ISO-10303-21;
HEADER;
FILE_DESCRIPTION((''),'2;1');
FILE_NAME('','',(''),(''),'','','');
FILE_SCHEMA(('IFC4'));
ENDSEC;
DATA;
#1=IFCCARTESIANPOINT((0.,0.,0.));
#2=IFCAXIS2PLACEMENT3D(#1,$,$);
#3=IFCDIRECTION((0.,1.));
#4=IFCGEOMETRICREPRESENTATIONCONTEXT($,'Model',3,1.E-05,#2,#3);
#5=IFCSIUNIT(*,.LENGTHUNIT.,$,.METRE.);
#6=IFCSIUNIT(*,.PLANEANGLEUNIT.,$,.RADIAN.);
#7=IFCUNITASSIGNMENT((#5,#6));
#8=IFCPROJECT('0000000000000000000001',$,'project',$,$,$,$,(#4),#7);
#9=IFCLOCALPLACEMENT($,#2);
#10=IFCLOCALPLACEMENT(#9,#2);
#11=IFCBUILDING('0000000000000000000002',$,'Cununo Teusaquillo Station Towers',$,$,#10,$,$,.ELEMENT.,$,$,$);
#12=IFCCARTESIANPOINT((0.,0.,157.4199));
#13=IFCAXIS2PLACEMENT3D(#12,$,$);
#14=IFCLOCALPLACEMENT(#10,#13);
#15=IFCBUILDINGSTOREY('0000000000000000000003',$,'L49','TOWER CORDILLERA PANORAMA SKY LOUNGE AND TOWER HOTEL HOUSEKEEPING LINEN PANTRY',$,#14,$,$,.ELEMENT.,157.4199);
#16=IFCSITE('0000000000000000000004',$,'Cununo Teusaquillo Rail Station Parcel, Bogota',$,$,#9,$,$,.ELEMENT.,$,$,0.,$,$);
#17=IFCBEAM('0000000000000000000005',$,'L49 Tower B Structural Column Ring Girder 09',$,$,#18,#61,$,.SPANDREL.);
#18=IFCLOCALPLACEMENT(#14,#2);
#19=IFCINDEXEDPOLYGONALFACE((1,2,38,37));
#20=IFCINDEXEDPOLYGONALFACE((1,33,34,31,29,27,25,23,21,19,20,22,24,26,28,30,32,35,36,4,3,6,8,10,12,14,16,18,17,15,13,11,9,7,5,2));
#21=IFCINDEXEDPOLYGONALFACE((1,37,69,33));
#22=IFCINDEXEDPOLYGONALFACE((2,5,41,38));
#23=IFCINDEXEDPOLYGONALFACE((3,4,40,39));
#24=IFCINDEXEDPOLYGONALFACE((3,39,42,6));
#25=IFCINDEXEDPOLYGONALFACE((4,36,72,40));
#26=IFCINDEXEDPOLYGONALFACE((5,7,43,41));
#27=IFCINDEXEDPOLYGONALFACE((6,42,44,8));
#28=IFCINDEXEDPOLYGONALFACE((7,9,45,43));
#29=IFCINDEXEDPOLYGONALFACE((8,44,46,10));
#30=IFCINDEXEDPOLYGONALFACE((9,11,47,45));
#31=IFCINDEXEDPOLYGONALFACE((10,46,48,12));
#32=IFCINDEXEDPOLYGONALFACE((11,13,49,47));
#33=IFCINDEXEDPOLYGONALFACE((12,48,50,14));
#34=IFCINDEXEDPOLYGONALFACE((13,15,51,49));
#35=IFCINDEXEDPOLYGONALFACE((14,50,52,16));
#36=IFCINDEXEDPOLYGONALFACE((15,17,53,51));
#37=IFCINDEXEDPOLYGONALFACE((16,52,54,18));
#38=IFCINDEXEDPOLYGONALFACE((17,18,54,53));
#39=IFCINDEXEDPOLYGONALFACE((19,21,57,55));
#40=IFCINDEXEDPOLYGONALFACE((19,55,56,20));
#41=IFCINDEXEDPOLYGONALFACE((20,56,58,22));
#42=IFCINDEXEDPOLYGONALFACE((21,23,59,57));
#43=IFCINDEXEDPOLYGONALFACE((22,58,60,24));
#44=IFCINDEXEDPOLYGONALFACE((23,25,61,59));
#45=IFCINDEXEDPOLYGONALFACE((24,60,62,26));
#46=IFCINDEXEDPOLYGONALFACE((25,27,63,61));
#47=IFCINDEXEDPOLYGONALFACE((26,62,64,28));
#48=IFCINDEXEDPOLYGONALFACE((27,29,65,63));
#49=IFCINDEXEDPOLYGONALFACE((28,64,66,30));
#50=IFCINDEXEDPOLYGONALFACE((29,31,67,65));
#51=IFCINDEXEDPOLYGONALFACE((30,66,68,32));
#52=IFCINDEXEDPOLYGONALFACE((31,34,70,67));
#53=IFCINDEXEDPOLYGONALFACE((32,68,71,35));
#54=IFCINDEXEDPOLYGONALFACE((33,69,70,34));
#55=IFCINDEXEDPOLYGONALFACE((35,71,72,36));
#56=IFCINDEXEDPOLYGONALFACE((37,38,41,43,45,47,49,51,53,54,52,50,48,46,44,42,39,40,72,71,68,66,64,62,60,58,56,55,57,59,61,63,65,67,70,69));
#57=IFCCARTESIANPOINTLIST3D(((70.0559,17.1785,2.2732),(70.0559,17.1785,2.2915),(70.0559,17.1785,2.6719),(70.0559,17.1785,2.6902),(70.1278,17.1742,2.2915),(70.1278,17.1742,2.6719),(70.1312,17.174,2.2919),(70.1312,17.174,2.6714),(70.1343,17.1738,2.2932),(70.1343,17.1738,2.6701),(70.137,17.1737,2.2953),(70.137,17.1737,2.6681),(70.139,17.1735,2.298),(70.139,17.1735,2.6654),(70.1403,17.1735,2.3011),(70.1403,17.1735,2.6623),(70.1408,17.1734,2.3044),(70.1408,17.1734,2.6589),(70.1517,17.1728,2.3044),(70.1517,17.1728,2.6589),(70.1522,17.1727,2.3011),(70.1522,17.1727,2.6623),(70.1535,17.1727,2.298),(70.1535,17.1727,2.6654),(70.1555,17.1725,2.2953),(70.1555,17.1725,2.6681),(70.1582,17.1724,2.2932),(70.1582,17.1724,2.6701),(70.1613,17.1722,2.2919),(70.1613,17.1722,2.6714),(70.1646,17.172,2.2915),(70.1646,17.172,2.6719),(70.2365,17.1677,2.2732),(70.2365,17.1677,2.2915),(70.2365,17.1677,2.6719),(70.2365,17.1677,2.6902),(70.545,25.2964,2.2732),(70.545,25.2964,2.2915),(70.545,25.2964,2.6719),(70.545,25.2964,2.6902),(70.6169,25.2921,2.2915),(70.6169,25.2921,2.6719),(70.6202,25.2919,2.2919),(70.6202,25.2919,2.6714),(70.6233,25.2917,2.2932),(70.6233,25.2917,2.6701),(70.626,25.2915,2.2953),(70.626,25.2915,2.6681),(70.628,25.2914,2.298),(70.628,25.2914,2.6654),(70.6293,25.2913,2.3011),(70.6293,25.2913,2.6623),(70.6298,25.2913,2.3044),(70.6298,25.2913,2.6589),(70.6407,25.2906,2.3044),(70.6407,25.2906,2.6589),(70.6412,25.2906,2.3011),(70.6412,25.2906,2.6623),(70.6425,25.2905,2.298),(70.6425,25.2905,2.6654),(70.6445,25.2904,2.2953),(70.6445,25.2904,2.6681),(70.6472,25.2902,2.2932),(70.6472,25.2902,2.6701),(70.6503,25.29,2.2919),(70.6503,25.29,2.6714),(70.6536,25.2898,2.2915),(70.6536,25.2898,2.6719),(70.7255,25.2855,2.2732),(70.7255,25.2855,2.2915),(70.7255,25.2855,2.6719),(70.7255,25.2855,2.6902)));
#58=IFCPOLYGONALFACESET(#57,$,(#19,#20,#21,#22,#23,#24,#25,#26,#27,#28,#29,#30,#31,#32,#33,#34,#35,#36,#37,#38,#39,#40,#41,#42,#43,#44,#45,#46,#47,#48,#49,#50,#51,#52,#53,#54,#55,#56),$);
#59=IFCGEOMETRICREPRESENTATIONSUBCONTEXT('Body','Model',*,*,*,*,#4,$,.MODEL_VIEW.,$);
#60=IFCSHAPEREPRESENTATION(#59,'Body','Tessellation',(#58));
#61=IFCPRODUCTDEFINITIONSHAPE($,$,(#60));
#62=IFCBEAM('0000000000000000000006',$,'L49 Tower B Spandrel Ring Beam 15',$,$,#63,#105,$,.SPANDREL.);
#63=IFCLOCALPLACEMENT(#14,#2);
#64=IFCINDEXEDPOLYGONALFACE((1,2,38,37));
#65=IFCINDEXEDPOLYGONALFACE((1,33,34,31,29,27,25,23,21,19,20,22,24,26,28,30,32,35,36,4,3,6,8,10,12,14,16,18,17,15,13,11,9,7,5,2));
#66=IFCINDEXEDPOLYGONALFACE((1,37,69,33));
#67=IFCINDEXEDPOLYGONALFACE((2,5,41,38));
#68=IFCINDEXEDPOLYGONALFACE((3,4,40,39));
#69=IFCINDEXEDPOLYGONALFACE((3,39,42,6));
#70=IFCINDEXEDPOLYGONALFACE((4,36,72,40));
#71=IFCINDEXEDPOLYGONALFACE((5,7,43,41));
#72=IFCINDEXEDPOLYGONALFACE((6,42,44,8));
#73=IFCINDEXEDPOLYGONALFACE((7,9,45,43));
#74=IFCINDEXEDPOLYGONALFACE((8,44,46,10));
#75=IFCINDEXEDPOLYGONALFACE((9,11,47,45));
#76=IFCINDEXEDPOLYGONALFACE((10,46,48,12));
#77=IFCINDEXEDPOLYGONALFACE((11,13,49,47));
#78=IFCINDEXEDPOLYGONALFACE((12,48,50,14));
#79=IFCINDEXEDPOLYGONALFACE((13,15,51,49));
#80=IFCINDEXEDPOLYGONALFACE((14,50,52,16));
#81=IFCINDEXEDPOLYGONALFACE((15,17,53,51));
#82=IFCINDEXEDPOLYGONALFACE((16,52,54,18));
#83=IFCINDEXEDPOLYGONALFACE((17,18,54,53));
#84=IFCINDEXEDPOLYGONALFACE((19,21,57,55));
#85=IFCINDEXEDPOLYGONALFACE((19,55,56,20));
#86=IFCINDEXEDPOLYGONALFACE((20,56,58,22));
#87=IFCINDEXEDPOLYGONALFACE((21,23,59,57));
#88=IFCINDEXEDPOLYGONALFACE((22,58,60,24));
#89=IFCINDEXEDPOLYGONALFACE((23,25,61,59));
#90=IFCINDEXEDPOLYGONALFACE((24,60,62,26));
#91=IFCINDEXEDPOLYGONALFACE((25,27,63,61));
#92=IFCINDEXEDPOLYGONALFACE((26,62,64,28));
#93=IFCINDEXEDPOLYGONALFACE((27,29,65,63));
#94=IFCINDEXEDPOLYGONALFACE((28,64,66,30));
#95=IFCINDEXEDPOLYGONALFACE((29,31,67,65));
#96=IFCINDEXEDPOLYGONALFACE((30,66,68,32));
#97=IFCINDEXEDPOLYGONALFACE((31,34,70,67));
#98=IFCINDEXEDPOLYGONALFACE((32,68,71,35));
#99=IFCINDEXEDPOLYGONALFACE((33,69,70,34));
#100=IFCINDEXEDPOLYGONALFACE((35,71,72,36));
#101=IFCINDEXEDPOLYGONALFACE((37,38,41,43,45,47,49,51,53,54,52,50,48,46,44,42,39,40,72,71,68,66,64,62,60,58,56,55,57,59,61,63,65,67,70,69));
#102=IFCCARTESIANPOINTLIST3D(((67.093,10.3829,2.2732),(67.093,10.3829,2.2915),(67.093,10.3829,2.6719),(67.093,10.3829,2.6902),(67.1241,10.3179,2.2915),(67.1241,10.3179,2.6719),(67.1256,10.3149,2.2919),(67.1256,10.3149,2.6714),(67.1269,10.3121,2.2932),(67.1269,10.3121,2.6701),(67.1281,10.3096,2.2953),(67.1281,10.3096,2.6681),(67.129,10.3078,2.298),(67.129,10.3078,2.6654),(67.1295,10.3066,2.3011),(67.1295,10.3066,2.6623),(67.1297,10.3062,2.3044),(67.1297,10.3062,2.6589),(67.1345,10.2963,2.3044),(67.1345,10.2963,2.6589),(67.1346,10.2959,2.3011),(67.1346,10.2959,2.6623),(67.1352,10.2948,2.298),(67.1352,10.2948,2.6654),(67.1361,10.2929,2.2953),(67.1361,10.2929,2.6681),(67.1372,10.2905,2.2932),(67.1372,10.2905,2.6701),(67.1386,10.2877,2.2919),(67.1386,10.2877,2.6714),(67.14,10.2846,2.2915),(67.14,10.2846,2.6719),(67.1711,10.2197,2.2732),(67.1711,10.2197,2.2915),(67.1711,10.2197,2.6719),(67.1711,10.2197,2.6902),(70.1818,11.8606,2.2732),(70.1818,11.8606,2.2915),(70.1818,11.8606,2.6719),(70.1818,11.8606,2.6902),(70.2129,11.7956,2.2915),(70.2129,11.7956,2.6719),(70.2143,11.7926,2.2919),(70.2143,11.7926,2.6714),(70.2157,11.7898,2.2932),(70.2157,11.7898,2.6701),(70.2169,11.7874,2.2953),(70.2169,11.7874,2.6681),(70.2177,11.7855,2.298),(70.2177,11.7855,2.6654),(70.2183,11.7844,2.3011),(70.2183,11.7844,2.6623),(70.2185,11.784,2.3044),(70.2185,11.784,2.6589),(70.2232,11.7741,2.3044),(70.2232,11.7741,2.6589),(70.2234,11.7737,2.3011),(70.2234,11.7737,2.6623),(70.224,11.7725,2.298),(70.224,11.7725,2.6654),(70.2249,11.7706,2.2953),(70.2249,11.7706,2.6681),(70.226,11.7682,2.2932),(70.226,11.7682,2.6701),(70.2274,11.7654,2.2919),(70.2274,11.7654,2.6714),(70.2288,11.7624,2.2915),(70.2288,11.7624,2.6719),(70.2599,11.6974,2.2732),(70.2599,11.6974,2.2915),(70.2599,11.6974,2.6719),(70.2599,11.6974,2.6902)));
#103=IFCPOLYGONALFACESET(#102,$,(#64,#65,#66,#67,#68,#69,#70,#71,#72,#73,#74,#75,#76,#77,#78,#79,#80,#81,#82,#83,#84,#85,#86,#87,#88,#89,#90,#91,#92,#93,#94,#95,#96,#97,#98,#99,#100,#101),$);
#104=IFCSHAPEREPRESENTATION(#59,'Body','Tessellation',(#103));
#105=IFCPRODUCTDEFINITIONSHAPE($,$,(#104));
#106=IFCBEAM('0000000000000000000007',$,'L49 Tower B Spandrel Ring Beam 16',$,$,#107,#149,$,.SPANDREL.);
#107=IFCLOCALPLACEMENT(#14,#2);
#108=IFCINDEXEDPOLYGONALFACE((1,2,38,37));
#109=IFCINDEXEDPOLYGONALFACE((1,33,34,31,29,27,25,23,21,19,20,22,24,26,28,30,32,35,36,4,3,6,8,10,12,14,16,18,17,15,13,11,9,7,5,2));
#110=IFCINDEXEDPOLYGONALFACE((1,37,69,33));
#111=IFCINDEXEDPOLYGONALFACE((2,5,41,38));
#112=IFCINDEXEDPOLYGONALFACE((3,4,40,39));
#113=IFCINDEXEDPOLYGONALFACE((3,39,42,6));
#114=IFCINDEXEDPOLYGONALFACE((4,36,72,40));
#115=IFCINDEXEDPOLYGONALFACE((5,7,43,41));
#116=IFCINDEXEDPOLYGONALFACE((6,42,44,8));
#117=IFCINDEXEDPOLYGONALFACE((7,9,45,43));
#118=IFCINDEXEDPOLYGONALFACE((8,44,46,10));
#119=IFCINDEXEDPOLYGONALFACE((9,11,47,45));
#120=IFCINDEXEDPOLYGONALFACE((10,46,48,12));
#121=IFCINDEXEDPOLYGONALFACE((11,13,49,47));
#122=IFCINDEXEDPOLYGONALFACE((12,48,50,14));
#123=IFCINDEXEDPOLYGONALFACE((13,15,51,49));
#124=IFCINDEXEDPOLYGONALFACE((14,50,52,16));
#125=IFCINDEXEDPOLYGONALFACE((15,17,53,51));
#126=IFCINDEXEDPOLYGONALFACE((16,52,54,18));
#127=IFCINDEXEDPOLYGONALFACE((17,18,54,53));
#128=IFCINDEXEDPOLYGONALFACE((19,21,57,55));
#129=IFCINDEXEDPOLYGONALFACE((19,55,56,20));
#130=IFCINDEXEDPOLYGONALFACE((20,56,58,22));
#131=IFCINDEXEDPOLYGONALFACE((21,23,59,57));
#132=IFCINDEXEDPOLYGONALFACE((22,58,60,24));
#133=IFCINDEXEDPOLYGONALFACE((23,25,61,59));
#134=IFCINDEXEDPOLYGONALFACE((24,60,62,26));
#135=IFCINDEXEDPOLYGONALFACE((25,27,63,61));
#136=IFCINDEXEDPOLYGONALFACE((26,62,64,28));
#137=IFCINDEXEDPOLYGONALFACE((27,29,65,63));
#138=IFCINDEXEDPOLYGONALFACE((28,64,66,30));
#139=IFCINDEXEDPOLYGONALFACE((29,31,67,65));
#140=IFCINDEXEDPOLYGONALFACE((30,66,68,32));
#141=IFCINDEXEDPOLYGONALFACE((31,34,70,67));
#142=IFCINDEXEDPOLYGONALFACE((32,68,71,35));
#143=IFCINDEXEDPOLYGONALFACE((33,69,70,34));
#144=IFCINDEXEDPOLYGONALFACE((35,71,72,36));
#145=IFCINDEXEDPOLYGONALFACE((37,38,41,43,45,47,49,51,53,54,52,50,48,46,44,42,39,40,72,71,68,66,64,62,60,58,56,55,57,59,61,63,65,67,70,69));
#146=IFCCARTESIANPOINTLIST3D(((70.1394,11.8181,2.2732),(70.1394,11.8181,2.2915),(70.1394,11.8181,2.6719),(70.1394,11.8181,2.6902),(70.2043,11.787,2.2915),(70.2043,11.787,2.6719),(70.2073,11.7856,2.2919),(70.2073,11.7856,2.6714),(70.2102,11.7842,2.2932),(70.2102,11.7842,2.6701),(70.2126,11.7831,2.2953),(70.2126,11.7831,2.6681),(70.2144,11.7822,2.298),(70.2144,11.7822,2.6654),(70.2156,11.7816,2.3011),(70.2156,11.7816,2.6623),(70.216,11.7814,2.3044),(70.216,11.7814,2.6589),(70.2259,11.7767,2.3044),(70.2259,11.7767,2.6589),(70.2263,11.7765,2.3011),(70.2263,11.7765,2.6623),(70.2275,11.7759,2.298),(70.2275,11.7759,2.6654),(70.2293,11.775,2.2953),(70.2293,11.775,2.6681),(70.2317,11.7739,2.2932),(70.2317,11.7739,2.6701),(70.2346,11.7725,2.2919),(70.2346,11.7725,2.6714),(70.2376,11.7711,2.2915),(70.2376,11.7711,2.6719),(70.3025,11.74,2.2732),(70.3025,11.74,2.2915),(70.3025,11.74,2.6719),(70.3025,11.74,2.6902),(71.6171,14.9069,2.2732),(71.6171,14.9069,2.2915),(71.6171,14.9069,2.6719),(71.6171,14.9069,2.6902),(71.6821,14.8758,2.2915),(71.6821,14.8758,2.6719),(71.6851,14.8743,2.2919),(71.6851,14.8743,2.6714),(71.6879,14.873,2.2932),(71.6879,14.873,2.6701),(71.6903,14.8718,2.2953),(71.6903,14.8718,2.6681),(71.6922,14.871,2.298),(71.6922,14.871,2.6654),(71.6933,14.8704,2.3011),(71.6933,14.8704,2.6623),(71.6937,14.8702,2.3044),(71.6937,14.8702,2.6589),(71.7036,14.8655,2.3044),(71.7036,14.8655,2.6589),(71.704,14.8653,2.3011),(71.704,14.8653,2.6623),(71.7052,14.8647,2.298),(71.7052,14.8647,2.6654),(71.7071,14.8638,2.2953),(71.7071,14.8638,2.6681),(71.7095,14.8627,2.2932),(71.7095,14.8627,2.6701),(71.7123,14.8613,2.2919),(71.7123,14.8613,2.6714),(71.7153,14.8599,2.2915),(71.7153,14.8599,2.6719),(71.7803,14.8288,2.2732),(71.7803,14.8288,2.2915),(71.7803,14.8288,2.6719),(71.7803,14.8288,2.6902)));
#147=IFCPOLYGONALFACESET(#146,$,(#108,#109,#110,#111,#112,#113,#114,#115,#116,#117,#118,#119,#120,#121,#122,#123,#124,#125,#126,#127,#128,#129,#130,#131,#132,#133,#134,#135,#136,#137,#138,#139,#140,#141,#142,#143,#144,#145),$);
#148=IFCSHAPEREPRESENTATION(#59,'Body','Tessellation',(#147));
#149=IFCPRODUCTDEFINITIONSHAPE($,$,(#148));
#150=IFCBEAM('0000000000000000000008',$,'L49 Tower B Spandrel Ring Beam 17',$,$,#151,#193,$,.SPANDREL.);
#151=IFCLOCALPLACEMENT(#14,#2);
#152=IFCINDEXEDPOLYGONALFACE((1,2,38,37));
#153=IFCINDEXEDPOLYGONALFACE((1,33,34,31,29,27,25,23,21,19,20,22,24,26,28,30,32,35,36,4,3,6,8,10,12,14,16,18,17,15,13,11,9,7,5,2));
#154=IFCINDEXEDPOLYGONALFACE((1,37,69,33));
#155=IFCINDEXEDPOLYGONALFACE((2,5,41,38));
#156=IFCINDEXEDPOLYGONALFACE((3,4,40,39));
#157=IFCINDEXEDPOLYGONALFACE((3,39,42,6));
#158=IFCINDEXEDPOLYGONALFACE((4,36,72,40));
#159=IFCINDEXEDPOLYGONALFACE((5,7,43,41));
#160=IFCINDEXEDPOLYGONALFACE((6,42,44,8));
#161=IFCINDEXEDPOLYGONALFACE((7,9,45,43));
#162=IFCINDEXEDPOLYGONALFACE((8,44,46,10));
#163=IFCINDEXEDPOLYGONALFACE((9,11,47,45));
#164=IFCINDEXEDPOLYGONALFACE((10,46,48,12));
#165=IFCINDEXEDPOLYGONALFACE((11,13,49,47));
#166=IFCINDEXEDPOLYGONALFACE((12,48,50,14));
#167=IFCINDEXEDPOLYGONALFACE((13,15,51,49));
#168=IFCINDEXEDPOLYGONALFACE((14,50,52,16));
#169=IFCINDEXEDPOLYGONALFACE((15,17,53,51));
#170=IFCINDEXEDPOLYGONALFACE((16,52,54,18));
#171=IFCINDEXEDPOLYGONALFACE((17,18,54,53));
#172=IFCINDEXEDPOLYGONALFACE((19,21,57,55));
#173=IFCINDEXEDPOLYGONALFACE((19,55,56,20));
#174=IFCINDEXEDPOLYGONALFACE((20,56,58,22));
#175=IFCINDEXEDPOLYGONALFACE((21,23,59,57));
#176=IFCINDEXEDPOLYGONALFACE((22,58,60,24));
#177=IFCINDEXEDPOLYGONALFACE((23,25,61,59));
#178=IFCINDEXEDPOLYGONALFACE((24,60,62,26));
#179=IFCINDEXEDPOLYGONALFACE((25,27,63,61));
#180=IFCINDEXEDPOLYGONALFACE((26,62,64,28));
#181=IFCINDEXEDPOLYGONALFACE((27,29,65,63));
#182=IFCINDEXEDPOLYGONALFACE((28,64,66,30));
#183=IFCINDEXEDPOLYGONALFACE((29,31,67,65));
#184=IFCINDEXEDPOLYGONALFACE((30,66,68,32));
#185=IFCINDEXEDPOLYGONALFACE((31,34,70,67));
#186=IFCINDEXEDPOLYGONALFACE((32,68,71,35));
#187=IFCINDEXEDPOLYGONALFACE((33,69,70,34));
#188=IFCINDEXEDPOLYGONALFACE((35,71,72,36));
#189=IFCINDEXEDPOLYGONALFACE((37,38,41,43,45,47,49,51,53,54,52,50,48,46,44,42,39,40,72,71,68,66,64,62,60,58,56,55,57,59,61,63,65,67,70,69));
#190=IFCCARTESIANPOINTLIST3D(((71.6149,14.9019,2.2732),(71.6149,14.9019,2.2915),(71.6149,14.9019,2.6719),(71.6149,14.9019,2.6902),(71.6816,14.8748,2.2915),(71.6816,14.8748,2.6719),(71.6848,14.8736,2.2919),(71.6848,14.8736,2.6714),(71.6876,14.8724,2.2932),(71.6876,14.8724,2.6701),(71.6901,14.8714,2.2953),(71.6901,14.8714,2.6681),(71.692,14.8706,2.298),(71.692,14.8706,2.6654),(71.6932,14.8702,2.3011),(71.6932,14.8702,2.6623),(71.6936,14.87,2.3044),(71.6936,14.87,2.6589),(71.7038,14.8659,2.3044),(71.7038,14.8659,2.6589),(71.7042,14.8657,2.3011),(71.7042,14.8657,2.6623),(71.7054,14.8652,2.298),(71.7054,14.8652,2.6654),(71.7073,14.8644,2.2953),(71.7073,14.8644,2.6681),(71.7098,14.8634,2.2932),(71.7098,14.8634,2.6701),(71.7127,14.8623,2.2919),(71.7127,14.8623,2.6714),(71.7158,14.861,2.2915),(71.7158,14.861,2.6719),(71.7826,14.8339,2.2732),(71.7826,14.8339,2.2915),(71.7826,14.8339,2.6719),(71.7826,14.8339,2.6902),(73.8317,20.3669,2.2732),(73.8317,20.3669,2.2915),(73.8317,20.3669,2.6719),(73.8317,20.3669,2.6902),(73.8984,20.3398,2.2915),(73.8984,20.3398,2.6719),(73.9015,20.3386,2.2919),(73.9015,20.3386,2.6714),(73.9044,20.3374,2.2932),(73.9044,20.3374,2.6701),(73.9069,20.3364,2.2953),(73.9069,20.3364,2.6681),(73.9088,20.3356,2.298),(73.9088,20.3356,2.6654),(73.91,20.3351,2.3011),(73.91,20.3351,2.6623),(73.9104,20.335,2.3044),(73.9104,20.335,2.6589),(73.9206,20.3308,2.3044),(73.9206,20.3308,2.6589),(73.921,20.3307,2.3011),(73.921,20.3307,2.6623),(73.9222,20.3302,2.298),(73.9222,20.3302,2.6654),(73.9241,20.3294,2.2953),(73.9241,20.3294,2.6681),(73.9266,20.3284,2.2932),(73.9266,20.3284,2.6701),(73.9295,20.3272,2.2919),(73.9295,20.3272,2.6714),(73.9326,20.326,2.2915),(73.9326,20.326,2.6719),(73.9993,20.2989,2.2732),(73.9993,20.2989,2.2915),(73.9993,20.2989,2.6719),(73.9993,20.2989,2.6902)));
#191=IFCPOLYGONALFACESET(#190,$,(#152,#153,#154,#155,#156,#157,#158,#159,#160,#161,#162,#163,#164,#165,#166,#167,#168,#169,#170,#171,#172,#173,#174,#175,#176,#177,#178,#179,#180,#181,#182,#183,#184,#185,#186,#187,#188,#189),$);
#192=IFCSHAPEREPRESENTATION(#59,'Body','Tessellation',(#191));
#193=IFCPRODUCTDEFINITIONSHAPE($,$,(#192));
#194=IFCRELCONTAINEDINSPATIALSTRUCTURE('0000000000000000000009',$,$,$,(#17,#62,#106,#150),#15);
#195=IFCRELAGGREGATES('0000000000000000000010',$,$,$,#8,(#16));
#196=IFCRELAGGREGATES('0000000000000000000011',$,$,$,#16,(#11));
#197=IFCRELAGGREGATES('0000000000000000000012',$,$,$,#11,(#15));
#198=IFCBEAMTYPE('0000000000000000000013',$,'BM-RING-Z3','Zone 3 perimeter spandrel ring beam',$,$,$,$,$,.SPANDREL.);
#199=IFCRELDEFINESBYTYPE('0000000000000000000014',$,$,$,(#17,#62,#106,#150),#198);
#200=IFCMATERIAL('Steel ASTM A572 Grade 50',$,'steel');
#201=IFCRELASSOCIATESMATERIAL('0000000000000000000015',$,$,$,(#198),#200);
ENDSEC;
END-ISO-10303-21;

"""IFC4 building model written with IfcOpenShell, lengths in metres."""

from ifc_helpers import new_model, si_unit, direction, frame, origin, origin_2d, place, context, subcontext, project, spatial, i_section, extrude, material, material_profile, profile_set, type_object, element, save


model = new_model("IFC4")

# Units and contexts
model_context = context("Model", 3, precision=1e-05, world=origin(), true_north=direction((0.0, 1.0)))
body_context = subcontext(model_context, "Body", "Model", "MODEL_VIEW")
ifc_project = project(units=[si_unit("LENGTHUNIT", "METRE"), si_unit("PLANEANGLEUNIT", "RADIAN")], contexts=[model_context])

# Site, building, storey
site_placement = place(None, origin())
site = spatial("IfcSite", under=ifc_project, at=site_placement, Name="Cununo Teusaquillo Rail Station Parcel, Bogota", CompositionType="ELEMENT", RefElevation=0.0)
building_placement = place(site_placement, origin())
building = spatial("IfcBuilding", under=site, at=building_placement, Name="Cununo Teusaquillo Station Towers", CompositionType="ELEMENT")
storey_placement = place(building_placement, frame((0.0, 0.0, 157.4199)))
storey = spatial("IfcBuildingStorey", under=building, at=storey_placement, Name="L49", Description="TOWER CORDILLERA PANORAMA SKY LOUNGE AND TOWER HOTEL HOUSEKEEPING LINEN PANTRY", CompositionType="ELEMENT", Elevation=157.4199)

# Beams
ifc_material_1 = material(Name="Steel ASTM A572 Grade 50", Category="steel")
ifc_material_profile_1 = material_profile(ifc_material_1, i_section(OverallWidth=0.1809, OverallDepth=0.417, WebThickness=0.011, FlangeThickness=0.0183, FilletRadius=0.0129, at=origin_2d()), Name="W16X57")
ifc_profile_set_1 = profile_set([ifc_material_profile_1], Name="Steel ASTM A572 Grade 50")
beam_type_1 = type_object("IfcBeamType", Name="BM-RING-Z3", Description="Zone 3 perimeter spandrel ring beam", PredefinedType="SPANDREL", material=ifc_profile_set_1)
beam_1_placement = place(storey_placement, frame((70.1462, 17.1731, 2.4817), z_axis=(0.06013, 0.998191, 0.0), x_axis=(-0.998191, 0.06013, 0.0)))
element("IfcBeam", 1, at=beam_1_placement, inside=storey, type_object=beam_type_1, Name="L49 Tower B Structural Column Ring Girder 09", PredefinedType="SPANDREL", context=body_context, shape_type="SweptSolid", body=[
    extrude(i_section(OverallWidth=0.1809, OverallDepth=0.417, WebThickness=0.011, FlangeThickness=0.0183, FilletRadius=0.0129, at=origin_2d()), origin(), (0.0, 0.0, 1.0), 8.1326),
])
for number, where, z_axis, x_axis, name in (
    (2, (67.1321, 10.3013, 2.4817), (0.902078, 0.431574, 0.0), (-0.431574, 0.902078, 0.0), "L49 Tower B Spandrel Ring Beam 15"),
    (3, (70.2209, 11.7791, 2.4817), (0.431574, 0.902078, 0.0), (-0.902078, 0.431574, 0.0), "L49 Tower B Spandrel Ring Beam 16"),
):
    element("IfcBeam", number, at=place(storey_placement, frame(where, z_axis=z_axis, x_axis=x_axis)), inside=storey, type_object=beam_type_1, Name=name, PredefinedType="SPANDREL", context=body_context, shape_type="SweptSolid", body=[
        extrude(i_section(OverallWidth=0.1809, OverallDepth=0.417, WebThickness=0.011, FlangeThickness=0.0183, FilletRadius=0.0129, at=origin_2d()), origin(), (0.0, 0.0, 1.0), 3.4241),
    ])
beam_2_placement = place(storey_placement, frame((71.6987, 14.8679, 2.4817), z_axis=(0.375883, 0.926667, 0.0), x_axis=(-0.926667, 0.375883, 0.0)))
element("IfcBeam", 4, at=beam_2_placement, inside=storey, type_object=beam_type_1, Name="L49 Tower B Spandrel Ring Beam 17", PredefinedType="SPANDREL", context=body_context, shape_type="SweptSolid", body=[
    extrude(i_section(OverallWidth=0.1809, OverallDepth=0.417, WebThickness=0.011, FlangeThickness=0.0183, FilletRadius=0.0129, at=origin_2d()), origin(), (0.0, 0.0, 1.0), 5.8975),
])

save(model, "model.ifc")
